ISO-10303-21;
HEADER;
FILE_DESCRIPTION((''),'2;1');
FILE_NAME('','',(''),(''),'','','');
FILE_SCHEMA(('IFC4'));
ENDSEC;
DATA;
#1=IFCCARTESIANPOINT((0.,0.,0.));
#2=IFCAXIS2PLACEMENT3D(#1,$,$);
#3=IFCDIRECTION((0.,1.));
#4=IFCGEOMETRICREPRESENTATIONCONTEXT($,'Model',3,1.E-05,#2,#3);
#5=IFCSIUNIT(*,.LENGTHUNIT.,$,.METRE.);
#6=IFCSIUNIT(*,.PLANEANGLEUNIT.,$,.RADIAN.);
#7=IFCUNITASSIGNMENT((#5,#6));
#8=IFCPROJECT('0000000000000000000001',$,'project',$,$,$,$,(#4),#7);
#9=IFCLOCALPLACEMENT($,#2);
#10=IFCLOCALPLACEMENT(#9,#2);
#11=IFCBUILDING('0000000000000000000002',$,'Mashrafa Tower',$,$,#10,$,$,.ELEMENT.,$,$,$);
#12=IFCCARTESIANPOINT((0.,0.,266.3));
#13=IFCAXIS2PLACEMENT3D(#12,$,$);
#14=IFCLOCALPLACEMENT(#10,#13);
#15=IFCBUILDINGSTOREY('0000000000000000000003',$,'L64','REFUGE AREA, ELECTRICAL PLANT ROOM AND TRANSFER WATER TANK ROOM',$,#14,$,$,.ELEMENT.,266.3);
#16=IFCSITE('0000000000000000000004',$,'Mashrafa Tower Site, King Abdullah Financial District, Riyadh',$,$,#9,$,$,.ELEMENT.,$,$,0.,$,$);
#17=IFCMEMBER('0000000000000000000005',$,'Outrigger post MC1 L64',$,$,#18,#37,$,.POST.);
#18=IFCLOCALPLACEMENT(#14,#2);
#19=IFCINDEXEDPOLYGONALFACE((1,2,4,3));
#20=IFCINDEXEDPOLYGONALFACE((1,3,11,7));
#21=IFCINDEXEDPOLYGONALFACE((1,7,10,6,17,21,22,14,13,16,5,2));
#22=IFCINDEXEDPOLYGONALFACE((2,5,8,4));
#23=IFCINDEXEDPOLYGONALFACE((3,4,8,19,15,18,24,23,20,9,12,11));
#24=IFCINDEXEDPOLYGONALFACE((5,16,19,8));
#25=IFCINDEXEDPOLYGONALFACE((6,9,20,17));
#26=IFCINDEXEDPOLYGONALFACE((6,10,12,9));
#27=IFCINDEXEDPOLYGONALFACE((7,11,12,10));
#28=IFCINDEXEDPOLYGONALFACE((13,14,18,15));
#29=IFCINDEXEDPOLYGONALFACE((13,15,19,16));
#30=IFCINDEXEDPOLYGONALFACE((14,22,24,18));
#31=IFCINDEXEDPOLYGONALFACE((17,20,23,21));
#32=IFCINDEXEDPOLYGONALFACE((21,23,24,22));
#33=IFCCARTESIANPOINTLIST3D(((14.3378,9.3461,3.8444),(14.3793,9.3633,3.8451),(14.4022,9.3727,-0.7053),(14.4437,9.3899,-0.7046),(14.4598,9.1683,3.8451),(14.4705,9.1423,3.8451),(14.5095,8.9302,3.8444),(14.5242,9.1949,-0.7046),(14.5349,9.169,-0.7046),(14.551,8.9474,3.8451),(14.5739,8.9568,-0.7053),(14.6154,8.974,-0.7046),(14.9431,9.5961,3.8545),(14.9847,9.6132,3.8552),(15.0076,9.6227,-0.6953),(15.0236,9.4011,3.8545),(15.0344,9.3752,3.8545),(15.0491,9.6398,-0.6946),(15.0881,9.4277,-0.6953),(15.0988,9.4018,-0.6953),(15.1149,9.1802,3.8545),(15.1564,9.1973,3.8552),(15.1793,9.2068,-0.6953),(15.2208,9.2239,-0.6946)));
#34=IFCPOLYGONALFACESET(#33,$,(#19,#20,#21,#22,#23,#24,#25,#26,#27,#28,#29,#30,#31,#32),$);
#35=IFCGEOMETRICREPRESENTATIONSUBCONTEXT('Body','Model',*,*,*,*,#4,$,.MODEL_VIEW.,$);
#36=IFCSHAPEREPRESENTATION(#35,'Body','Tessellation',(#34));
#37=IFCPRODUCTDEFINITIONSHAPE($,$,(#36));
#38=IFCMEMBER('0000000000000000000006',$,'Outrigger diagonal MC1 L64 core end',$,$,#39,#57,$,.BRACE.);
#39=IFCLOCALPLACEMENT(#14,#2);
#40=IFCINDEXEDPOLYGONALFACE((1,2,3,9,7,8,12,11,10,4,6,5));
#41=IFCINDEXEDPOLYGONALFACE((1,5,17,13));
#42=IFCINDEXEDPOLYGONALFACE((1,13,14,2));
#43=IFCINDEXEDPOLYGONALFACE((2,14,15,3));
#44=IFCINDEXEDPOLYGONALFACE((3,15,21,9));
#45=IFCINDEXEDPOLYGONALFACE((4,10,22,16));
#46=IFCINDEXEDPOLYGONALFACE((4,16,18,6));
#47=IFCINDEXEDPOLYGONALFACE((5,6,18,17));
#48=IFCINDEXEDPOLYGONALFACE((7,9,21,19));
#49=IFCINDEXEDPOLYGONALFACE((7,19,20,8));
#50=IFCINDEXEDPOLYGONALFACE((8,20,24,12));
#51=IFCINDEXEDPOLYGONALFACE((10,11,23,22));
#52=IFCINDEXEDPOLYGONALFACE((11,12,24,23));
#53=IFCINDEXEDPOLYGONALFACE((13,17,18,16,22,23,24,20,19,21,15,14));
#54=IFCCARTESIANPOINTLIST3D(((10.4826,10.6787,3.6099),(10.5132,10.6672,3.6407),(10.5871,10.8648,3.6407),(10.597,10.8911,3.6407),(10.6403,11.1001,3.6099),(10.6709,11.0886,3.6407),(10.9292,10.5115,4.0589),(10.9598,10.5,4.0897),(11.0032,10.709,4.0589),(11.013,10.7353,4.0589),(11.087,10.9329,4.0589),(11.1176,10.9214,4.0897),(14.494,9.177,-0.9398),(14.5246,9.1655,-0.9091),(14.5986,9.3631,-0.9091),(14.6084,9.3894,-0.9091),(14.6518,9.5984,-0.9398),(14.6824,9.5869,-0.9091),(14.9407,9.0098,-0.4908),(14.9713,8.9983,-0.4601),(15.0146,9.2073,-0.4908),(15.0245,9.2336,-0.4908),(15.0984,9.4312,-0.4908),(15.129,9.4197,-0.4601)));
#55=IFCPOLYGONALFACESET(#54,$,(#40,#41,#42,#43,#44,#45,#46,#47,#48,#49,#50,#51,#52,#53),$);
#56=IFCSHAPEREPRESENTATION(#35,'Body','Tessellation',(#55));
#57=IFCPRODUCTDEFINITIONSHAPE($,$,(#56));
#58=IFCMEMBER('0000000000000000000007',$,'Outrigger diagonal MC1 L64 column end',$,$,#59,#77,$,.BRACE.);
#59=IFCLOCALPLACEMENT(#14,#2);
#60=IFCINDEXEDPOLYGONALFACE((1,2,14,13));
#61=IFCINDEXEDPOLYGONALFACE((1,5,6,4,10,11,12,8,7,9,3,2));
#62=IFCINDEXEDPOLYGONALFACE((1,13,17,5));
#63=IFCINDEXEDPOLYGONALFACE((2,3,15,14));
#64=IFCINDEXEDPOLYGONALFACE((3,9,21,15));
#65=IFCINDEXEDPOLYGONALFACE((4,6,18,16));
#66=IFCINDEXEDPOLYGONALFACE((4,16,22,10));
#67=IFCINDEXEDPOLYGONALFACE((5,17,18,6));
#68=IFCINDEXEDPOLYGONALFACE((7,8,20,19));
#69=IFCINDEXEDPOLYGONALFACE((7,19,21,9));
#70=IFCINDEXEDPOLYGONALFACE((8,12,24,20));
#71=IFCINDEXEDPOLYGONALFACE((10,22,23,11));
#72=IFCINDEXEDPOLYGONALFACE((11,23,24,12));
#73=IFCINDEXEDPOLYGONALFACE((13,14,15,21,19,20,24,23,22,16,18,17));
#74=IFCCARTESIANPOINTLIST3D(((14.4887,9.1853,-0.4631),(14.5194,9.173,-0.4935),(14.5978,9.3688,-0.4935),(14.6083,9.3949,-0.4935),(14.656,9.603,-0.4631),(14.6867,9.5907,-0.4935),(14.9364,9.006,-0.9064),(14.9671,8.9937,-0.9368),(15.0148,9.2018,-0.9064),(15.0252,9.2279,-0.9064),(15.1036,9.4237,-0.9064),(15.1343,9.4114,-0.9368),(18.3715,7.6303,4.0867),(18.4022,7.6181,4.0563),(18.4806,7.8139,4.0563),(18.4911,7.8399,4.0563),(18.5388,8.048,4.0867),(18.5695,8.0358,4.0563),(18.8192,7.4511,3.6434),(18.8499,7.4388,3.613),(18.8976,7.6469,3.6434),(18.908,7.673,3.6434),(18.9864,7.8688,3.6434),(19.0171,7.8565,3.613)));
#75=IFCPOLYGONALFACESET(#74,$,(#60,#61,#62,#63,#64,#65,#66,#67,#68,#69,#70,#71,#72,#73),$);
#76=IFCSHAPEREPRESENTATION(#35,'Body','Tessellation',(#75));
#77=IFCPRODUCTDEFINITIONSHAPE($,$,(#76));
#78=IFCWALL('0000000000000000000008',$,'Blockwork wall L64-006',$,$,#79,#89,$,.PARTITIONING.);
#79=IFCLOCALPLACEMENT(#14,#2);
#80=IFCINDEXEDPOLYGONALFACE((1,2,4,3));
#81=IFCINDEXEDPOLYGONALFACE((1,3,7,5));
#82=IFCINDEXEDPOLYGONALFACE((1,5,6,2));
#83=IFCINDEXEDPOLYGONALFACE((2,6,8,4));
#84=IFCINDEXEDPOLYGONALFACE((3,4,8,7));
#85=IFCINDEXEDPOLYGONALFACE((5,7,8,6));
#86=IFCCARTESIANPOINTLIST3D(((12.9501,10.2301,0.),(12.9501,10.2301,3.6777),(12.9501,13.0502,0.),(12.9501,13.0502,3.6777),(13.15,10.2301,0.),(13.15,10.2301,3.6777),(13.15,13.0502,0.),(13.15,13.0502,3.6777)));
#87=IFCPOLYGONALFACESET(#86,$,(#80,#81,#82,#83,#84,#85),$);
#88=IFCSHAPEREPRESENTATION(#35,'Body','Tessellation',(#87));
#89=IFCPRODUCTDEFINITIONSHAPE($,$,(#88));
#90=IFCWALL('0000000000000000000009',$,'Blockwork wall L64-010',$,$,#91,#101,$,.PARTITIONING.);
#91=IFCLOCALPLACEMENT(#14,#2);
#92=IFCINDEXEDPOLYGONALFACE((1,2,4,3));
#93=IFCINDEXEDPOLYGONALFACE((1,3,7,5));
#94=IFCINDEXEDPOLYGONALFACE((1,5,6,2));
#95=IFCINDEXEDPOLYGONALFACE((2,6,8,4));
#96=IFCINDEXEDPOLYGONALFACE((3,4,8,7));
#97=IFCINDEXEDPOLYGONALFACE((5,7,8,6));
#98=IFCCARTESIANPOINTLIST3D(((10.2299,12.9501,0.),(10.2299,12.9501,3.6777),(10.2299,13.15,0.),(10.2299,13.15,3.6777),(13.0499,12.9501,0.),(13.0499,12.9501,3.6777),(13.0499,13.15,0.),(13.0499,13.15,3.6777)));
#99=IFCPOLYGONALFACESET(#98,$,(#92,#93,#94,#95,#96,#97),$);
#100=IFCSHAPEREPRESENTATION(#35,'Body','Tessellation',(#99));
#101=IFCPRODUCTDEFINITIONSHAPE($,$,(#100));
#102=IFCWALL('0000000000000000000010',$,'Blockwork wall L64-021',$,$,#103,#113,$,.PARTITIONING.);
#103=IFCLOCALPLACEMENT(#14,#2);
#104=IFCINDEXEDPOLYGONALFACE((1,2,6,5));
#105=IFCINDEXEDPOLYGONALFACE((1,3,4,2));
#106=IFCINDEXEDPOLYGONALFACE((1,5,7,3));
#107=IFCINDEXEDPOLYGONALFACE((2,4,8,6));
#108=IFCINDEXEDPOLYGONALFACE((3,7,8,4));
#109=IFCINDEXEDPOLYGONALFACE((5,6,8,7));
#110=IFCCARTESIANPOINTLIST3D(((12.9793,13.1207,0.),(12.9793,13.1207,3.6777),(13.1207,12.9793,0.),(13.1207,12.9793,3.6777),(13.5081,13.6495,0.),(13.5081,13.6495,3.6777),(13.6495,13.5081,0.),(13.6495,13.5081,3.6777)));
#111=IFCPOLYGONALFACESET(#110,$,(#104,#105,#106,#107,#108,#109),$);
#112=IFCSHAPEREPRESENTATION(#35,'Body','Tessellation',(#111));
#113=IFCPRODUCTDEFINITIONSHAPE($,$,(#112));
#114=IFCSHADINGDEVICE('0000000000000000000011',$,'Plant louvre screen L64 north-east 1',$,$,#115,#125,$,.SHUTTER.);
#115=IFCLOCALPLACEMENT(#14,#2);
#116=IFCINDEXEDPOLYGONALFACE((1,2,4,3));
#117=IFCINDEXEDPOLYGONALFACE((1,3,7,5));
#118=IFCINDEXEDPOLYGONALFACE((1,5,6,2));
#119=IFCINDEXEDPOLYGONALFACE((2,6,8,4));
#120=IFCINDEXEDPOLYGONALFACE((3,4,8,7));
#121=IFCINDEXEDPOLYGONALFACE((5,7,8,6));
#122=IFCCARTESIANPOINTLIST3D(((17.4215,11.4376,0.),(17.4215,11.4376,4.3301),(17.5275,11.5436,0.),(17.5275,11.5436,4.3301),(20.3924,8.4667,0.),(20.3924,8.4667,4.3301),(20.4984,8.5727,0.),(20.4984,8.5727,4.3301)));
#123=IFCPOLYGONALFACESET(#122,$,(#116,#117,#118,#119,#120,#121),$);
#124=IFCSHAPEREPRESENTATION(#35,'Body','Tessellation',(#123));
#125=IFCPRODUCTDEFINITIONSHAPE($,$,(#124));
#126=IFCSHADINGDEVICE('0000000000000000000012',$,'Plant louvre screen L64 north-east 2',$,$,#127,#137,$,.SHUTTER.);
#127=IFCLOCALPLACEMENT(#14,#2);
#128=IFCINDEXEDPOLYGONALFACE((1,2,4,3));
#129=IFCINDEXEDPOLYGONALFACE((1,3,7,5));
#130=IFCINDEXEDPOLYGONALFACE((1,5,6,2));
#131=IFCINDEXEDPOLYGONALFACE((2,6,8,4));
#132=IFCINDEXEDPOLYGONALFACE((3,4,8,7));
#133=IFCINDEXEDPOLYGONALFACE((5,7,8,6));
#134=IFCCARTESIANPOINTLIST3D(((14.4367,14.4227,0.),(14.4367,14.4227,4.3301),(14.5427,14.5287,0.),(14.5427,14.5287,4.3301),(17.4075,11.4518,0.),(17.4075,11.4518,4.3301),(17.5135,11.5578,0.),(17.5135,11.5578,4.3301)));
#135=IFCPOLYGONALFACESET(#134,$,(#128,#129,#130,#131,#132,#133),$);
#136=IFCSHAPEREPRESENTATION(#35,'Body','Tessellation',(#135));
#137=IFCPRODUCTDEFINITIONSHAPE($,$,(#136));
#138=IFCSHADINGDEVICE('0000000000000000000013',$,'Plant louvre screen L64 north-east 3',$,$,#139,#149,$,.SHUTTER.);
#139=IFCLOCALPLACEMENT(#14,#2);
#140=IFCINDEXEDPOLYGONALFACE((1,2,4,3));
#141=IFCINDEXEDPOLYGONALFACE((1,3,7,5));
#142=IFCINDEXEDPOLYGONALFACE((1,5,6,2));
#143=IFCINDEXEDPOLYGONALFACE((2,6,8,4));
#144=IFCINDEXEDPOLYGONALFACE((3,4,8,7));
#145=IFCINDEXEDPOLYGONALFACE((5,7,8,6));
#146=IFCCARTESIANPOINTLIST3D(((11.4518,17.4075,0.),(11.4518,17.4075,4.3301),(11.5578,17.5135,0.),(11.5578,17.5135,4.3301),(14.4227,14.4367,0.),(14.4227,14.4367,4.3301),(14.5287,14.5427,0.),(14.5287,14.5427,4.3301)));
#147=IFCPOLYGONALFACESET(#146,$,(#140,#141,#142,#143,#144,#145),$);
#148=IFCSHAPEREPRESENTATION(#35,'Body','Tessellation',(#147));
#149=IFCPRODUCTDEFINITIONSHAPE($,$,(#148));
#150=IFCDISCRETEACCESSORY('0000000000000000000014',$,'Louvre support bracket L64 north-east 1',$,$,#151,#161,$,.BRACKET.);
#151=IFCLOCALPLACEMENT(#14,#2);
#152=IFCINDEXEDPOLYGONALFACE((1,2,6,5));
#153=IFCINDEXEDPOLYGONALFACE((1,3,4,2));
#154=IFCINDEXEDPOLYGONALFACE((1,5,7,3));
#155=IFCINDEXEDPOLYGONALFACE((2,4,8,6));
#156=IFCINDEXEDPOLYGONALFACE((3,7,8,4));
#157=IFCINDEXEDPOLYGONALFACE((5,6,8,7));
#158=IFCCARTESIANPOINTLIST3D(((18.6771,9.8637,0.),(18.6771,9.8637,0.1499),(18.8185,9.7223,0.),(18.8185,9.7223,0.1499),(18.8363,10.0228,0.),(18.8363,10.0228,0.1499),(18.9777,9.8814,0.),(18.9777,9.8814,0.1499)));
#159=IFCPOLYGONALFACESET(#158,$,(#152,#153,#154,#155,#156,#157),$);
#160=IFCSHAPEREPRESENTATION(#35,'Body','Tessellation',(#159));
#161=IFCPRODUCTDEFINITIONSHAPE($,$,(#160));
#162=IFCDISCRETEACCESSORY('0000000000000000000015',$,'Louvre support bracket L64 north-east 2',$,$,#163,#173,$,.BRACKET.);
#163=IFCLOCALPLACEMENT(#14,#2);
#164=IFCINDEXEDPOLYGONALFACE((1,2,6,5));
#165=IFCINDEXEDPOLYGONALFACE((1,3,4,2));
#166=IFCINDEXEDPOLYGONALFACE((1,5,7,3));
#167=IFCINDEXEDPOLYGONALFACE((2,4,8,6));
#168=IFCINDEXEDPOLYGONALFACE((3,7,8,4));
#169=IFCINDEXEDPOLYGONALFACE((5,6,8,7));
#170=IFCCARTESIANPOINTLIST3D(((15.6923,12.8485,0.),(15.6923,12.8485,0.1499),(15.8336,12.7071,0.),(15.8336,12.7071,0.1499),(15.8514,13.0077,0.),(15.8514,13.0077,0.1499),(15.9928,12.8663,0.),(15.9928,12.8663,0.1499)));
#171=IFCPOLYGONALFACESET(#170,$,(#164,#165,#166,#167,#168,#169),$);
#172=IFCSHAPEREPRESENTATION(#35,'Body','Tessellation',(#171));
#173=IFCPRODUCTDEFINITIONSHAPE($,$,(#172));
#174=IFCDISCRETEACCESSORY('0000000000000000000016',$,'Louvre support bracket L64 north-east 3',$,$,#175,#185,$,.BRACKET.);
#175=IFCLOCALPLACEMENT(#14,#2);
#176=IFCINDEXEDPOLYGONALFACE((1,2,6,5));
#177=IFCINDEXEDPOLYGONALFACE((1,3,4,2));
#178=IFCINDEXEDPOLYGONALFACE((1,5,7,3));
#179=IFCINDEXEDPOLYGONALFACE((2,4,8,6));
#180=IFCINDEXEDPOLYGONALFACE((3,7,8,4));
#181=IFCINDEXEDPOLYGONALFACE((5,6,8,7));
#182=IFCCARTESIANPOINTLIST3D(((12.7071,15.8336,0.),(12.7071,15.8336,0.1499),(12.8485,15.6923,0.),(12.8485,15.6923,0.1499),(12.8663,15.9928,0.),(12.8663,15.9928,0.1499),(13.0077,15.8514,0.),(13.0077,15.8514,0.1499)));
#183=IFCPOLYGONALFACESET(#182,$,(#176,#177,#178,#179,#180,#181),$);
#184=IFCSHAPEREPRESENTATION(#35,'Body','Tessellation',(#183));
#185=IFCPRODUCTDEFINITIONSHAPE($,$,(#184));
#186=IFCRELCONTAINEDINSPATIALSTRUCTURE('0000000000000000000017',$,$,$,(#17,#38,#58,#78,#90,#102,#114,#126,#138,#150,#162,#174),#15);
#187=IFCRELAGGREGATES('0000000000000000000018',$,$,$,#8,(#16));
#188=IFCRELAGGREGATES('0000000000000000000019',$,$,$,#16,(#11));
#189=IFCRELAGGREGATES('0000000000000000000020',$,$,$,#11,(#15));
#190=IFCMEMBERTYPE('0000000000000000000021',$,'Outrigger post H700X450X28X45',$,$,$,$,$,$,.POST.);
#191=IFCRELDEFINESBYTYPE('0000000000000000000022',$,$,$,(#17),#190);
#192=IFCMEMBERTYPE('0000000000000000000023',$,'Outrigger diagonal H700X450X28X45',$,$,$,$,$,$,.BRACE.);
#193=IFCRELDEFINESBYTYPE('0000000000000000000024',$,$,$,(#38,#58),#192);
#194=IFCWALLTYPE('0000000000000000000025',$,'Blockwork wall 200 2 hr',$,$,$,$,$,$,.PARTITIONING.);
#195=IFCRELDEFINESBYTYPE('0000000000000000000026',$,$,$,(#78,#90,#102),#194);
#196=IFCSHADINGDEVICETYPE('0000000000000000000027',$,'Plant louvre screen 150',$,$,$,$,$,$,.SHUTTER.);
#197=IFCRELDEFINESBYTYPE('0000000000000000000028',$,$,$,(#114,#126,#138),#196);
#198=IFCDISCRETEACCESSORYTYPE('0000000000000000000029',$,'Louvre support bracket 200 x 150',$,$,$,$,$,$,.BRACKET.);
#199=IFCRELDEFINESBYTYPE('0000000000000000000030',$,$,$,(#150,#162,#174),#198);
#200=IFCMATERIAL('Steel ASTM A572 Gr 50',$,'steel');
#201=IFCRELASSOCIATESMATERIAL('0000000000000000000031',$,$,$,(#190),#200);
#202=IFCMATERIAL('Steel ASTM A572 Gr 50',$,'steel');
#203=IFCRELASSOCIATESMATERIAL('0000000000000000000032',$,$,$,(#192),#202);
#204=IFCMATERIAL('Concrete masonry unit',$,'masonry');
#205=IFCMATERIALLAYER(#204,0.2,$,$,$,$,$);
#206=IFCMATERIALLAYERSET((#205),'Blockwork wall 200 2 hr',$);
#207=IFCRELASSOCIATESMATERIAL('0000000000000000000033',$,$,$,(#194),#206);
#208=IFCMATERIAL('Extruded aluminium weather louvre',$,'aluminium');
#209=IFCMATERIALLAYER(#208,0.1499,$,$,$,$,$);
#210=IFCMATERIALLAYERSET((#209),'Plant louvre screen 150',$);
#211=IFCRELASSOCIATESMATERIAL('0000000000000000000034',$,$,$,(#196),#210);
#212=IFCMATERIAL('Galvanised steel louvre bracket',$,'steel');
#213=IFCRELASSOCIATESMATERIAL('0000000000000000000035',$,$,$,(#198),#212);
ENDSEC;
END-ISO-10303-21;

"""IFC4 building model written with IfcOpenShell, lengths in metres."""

from ifc_helpers import new_model, si_unit, direction, frame, frame_2d, origin, origin_2d, place, context, subcontext, project, spatial, rectangle, i_section, extrude, source, transform, mapped, material, layer, layer_set, material_profile, profile_set, type_object, type_shapes, element, save


model = new_model("IFC4")

# Units and contexts
model_context = context("Model", 3, precision=1e-05, world=origin(), true_north=direction((0.0, 1.0)))
body_context = subcontext(model_context, "Body", "Model", "MODEL_VIEW")
ifc_project = project(units=[si_unit("LENGTHUNIT", "METRE"), si_unit("PLANEANGLEUNIT", "RADIAN")], contexts=[model_context])

# Site, building, storey
site_placement = place(None, origin())
site = spatial("IfcSite", under=ifc_project, at=site_placement, Name="Mashrafa Tower Site, King Abdullah Financial District, Riyadh", CompositionType="ELEMENT", RefElevation=0.0)
building_placement = place(site_placement, origin())
building = spatial("IfcBuilding", under=site, at=building_placement, Name="Mashrafa Tower", CompositionType="ELEMENT")
storey_placement = place(building_placement, frame((0.0, 0.0, 266.3)))
storey = spatial("IfcBuildingStorey", under=building, at=storey_placement, Name="L64", Description="REFUGE AREA, ELECTRICAL PLANT ROOM AND TRANSFER WATER TANK ROOM", CompositionType="ELEMENT", Elevation=266.3)

# Members
ifc_material_1 = material(Name="Steel ASTM A572 Gr 50", Category="steel")
ifc_material_profile_1 = material_profile(ifc_material_1, i_section(OverallWidth=0.45, OverallDepth=0.7, WebThickness=0.0281, FlangeThickness=0.0449, at=origin_2d()), Name="H700X450X28X45")
ifc_profile_set_1 = profile_set([ifc_material_profile_1], Name="Steel ASTM A572 Gr 50")
member_type_1 = type_object("IfcMemberType", Name="Outrigger post H700X450X28X45", PredefinedType="POST", material=ifc_profile_set_1)
shared_shape_1 = source(origin(), body_context, "Body", "SweptSolid", [
    extrude(i_section(OverallWidth=0.45, OverallDepth=0.7, WebThickness=0.0281, FlangeThickness=0.0449, at=origin_2d()), origin(), (0.0, 0.0, 1.0), 4.5503),
])
type_shapes(member_type_1, [shared_shape_1])
member_1_placement = place(storey_placement, frame((14.8115, 9.2983, -0.7), z_axis=(-0.014164, -0.005848, 0.999883), x_axis=(0.38163, -0.924315, 0.0)))
element("IfcMember", 1, at=member_1_placement, inside=storey, type_object=member_type_1, Name="Outrigger post MC1 L64", PredefinedType="POST", context=body_context, shape_type="MappedRepresentation", body=[
    mapped(shared_shape_1, transform((0.0, 0.0, 0.0))),
])
ifc_material_2 = material(Name="Steel ASTM A572 Gr 50", Category="steel")
ifc_material_profile_2 = material_profile(ifc_material_2, i_section(OverallWidth=0.45, OverallDepth=0.7, WebThickness=0.0281, FlangeThickness=0.0449, at=origin_2d()), Name="H700X450X28X45")
ifc_profile_set_2 = profile_set([ifc_material_profile_2], Name="Steel ASTM A572 Gr 50")
member_type_2 = type_object("IfcMemberType", Name="Outrigger diagonal H700X450X28X45", PredefinedType="BRACE", material=ifc_profile_set_2)
shared_shape_2 = source(origin(), body_context, "Body", "SweptSolid", [
    extrude(i_section(OverallWidth=0.45, OverallDepth=0.7, WebThickness=0.0281, FlangeThickness=0.0449, at=origin_2d()), origin(), (0.0, 0.0, 1.0), 6.2488),
])
member_2_placement = place(storey_placement, frame((14.8115, 9.2983, -0.7), z_axis=(-0.641957, 0.240319, 0.728106), x_axis=(-0.350592, -0.936528, 0.0)))
element("IfcMember", 2, at=member_2_placement, inside=storey, type_object=member_type_2, Name="Outrigger diagonal MC1 L64 core end", PredefinedType="BRACE", context=body_context, shape_type="MappedRepresentation", body=[
    mapped(shared_shape_2, transform((0.0, 0.0, 0.0))),
])
shared_shape_3 = source(origin(), body_context, "Body", "SweptSolid", [
    extrude(i_section(OverallWidth=0.45, OverallDepth=0.7, WebThickness=0.0281, FlangeThickness=0.0449, at=origin_2d()), origin(), (0.0, 0.0, 1.0), 6.1802),
])
type_shapes(member_type_2, [shared_shape_2, shared_shape_3])
member_3_placement = place(storey_placement, frame((14.8115, 9.2983, -0.7), z_axis=(0.628267, -0.251599, 0.736192), x_axis=(0.371763, 0.928328, 0.0)))
element("IfcMember", 3, at=member_3_placement, inside=storey, type_object=member_type_2, Name="Outrigger diagonal MC1 L64 column end", PredefinedType="BRACE", context=body_context, shape_type="MappedRepresentation", body=[
    mapped(shared_shape_3, transform((0.0, 0.0, 0.0))),
])

# Walls
ifc_material_3 = material(Name="Concrete masonry unit", Category="masonry")
ifc_layer_1 = layer(ifc_material_3, 0.2)
ifc_layer_set_1 = layer_set([ifc_layer_1], Name="Blockwork wall 200 2 hr")
wall_type = type_object("IfcWallType", Name="Blockwork wall 200 2 hr", PredefinedType="PARTITIONING", material=ifc_layer_set_1)
for number, where, z_axis, x_axis, name in (
    (4, (13.05, 10.23, 0.0), (0.0, 0.0, 1.0), (0.0, 1.0, 0.0), "Blockwork wall L64-006"),
    (5, (13.05, 13.05, 0.0), (0.0, 0.0, 1.0), (-1.0, 0.0, 0.0), "Blockwork wall L64-010"),
):
    element("IfcWall", number, at=place(storey_placement, frame(where, z_axis=z_axis, x_axis=x_axis)), inside=storey, type_object=wall_type, Name=name, PredefinedType="PARTITIONING", context=body_context, shape_type="SweptSolid", body=[
        extrude(rectangle(XDim=2.8201, YDim=0.2, at=frame_2d((1.4102, 0.0))), origin(), (0.0, 0.0, 1.0), 3.6777),
    ])
wall_placement = place(storey_placement, frame((13.5789, 13.5789, 0.0), z_axis=(0.0, 0.0, 1.0), x_axis=(-0.707107, -0.707107, 0.0)))
element("IfcWall", 6, at=wall_placement, inside=storey, type_object=wall_type, Name="Blockwork wall L64-021", PredefinedType="PARTITIONING", context=body_context, shape_type="SweptSolid", body=[
    extrude(rectangle(XDim=0.7478, YDim=0.2, at=frame_2d((0.374, 0.0))), origin(), (0.0, 0.0, 1.0), 3.6777),
])

# Shading devices
ifc_material_4 = material(Name="Extruded aluminium weather louvre", Category="aluminium")
ifc_layer_2 = layer(ifc_material_4, 0.1499)
ifc_layer_set_2 = layer_set([ifc_layer_2], Name="Plant louvre screen 150")
shading_device_type = type_object("IfcShadingDeviceType", Name="Plant louvre screen 150", PredefinedType="SHUTTER", material=ifc_layer_set_2)
shared_shape_4 = source(origin(), body_context, "Body", "SweptSolid", [
    extrude(rectangle(XDim=4.2014, YDim=0.1499, at=origin_2d()), origin(), (0.0, 0.0, 1.0), 4.3301),
])
type_shapes(shading_device_type, [shared_shape_4])
for number, where, z_axis, x_axis, name in (
    (7, (18.96, 10.0051, 0.0), (0.0, 0.0, 1.0), (-0.707107, 0.707107, 0.0), "Plant louvre screen L64 north-east 1"),
    (8, (15.9751, 12.9902, 0.0), (0.0, 0.0, 1.0), (-0.707107, 0.707107, 0.0), "Plant louvre screen L64 north-east 2"),
    (9, (12.9902, 15.9751, 0.0), (0.0, 0.0, 1.0), (-0.707107, 0.707107, 0.0), "Plant louvre screen L64 north-east 3"),
):
    element("IfcShadingDevice", number, at=place(storey_placement, frame(where, z_axis=z_axis, x_axis=x_axis)), inside=storey, type_object=shading_device_type, Name=name, PredefinedType="SHUTTER", context=body_context, shape_type="MappedRepresentation", body=[
        mapped(shared_shape_4, transform((0.0, 0.0, 0.0))),
    ])

# Discrete accessories
ifc_material_5 = material(Name="Galvanised steel louvre bracket", Category="steel")
discrete_accessory_type = type_object("IfcDiscreteAccessoryType", Name="Louvre support bracket 200 x 150", PredefinedType="BRACKET", material=ifc_material_5)
shared_shape_5 = source(origin(), body_context, "Body", "SweptSolid", [
    extrude(rectangle(XDim=0.2, YDim=0.2251, at=origin_2d()), origin(), (0.0, 0.0, 1.0), 0.1499),
])
type_shapes(discrete_accessory_type, [shared_shape_5])
for number, where, z_axis, x_axis, name in (
    (10, (18.8274, 9.8726, 0.0), (0.0, 0.0, 1.0), (-0.707107, 0.707107, 0.0), "Louvre support bracket L64 north-east 1"),
    (11, (15.8425, 12.8574, 0.0), (0.0, 0.0, 1.0), (-0.707107, 0.707107, 0.0), "Louvre support bracket L64 north-east 2"),
    (12, (12.8574, 15.8425, 0.0), (0.0, 0.0, 1.0), (-0.707107, 0.707107, 0.0), "Louvre support bracket L64 north-east 3"),
):
    element("IfcDiscreteAccessory", number, at=place(storey_placement, frame(where, z_axis=z_axis, x_axis=x_axis)), inside=storey, type_object=discrete_accessory_type, Name=name, PredefinedType="BRACKET", context=body_context, shape_type="MappedRepresentation", body=[
        mapped(shared_shape_5, transform((0.0, 0.0, 0.0))),
    ])

save(model, "model.ifc")
